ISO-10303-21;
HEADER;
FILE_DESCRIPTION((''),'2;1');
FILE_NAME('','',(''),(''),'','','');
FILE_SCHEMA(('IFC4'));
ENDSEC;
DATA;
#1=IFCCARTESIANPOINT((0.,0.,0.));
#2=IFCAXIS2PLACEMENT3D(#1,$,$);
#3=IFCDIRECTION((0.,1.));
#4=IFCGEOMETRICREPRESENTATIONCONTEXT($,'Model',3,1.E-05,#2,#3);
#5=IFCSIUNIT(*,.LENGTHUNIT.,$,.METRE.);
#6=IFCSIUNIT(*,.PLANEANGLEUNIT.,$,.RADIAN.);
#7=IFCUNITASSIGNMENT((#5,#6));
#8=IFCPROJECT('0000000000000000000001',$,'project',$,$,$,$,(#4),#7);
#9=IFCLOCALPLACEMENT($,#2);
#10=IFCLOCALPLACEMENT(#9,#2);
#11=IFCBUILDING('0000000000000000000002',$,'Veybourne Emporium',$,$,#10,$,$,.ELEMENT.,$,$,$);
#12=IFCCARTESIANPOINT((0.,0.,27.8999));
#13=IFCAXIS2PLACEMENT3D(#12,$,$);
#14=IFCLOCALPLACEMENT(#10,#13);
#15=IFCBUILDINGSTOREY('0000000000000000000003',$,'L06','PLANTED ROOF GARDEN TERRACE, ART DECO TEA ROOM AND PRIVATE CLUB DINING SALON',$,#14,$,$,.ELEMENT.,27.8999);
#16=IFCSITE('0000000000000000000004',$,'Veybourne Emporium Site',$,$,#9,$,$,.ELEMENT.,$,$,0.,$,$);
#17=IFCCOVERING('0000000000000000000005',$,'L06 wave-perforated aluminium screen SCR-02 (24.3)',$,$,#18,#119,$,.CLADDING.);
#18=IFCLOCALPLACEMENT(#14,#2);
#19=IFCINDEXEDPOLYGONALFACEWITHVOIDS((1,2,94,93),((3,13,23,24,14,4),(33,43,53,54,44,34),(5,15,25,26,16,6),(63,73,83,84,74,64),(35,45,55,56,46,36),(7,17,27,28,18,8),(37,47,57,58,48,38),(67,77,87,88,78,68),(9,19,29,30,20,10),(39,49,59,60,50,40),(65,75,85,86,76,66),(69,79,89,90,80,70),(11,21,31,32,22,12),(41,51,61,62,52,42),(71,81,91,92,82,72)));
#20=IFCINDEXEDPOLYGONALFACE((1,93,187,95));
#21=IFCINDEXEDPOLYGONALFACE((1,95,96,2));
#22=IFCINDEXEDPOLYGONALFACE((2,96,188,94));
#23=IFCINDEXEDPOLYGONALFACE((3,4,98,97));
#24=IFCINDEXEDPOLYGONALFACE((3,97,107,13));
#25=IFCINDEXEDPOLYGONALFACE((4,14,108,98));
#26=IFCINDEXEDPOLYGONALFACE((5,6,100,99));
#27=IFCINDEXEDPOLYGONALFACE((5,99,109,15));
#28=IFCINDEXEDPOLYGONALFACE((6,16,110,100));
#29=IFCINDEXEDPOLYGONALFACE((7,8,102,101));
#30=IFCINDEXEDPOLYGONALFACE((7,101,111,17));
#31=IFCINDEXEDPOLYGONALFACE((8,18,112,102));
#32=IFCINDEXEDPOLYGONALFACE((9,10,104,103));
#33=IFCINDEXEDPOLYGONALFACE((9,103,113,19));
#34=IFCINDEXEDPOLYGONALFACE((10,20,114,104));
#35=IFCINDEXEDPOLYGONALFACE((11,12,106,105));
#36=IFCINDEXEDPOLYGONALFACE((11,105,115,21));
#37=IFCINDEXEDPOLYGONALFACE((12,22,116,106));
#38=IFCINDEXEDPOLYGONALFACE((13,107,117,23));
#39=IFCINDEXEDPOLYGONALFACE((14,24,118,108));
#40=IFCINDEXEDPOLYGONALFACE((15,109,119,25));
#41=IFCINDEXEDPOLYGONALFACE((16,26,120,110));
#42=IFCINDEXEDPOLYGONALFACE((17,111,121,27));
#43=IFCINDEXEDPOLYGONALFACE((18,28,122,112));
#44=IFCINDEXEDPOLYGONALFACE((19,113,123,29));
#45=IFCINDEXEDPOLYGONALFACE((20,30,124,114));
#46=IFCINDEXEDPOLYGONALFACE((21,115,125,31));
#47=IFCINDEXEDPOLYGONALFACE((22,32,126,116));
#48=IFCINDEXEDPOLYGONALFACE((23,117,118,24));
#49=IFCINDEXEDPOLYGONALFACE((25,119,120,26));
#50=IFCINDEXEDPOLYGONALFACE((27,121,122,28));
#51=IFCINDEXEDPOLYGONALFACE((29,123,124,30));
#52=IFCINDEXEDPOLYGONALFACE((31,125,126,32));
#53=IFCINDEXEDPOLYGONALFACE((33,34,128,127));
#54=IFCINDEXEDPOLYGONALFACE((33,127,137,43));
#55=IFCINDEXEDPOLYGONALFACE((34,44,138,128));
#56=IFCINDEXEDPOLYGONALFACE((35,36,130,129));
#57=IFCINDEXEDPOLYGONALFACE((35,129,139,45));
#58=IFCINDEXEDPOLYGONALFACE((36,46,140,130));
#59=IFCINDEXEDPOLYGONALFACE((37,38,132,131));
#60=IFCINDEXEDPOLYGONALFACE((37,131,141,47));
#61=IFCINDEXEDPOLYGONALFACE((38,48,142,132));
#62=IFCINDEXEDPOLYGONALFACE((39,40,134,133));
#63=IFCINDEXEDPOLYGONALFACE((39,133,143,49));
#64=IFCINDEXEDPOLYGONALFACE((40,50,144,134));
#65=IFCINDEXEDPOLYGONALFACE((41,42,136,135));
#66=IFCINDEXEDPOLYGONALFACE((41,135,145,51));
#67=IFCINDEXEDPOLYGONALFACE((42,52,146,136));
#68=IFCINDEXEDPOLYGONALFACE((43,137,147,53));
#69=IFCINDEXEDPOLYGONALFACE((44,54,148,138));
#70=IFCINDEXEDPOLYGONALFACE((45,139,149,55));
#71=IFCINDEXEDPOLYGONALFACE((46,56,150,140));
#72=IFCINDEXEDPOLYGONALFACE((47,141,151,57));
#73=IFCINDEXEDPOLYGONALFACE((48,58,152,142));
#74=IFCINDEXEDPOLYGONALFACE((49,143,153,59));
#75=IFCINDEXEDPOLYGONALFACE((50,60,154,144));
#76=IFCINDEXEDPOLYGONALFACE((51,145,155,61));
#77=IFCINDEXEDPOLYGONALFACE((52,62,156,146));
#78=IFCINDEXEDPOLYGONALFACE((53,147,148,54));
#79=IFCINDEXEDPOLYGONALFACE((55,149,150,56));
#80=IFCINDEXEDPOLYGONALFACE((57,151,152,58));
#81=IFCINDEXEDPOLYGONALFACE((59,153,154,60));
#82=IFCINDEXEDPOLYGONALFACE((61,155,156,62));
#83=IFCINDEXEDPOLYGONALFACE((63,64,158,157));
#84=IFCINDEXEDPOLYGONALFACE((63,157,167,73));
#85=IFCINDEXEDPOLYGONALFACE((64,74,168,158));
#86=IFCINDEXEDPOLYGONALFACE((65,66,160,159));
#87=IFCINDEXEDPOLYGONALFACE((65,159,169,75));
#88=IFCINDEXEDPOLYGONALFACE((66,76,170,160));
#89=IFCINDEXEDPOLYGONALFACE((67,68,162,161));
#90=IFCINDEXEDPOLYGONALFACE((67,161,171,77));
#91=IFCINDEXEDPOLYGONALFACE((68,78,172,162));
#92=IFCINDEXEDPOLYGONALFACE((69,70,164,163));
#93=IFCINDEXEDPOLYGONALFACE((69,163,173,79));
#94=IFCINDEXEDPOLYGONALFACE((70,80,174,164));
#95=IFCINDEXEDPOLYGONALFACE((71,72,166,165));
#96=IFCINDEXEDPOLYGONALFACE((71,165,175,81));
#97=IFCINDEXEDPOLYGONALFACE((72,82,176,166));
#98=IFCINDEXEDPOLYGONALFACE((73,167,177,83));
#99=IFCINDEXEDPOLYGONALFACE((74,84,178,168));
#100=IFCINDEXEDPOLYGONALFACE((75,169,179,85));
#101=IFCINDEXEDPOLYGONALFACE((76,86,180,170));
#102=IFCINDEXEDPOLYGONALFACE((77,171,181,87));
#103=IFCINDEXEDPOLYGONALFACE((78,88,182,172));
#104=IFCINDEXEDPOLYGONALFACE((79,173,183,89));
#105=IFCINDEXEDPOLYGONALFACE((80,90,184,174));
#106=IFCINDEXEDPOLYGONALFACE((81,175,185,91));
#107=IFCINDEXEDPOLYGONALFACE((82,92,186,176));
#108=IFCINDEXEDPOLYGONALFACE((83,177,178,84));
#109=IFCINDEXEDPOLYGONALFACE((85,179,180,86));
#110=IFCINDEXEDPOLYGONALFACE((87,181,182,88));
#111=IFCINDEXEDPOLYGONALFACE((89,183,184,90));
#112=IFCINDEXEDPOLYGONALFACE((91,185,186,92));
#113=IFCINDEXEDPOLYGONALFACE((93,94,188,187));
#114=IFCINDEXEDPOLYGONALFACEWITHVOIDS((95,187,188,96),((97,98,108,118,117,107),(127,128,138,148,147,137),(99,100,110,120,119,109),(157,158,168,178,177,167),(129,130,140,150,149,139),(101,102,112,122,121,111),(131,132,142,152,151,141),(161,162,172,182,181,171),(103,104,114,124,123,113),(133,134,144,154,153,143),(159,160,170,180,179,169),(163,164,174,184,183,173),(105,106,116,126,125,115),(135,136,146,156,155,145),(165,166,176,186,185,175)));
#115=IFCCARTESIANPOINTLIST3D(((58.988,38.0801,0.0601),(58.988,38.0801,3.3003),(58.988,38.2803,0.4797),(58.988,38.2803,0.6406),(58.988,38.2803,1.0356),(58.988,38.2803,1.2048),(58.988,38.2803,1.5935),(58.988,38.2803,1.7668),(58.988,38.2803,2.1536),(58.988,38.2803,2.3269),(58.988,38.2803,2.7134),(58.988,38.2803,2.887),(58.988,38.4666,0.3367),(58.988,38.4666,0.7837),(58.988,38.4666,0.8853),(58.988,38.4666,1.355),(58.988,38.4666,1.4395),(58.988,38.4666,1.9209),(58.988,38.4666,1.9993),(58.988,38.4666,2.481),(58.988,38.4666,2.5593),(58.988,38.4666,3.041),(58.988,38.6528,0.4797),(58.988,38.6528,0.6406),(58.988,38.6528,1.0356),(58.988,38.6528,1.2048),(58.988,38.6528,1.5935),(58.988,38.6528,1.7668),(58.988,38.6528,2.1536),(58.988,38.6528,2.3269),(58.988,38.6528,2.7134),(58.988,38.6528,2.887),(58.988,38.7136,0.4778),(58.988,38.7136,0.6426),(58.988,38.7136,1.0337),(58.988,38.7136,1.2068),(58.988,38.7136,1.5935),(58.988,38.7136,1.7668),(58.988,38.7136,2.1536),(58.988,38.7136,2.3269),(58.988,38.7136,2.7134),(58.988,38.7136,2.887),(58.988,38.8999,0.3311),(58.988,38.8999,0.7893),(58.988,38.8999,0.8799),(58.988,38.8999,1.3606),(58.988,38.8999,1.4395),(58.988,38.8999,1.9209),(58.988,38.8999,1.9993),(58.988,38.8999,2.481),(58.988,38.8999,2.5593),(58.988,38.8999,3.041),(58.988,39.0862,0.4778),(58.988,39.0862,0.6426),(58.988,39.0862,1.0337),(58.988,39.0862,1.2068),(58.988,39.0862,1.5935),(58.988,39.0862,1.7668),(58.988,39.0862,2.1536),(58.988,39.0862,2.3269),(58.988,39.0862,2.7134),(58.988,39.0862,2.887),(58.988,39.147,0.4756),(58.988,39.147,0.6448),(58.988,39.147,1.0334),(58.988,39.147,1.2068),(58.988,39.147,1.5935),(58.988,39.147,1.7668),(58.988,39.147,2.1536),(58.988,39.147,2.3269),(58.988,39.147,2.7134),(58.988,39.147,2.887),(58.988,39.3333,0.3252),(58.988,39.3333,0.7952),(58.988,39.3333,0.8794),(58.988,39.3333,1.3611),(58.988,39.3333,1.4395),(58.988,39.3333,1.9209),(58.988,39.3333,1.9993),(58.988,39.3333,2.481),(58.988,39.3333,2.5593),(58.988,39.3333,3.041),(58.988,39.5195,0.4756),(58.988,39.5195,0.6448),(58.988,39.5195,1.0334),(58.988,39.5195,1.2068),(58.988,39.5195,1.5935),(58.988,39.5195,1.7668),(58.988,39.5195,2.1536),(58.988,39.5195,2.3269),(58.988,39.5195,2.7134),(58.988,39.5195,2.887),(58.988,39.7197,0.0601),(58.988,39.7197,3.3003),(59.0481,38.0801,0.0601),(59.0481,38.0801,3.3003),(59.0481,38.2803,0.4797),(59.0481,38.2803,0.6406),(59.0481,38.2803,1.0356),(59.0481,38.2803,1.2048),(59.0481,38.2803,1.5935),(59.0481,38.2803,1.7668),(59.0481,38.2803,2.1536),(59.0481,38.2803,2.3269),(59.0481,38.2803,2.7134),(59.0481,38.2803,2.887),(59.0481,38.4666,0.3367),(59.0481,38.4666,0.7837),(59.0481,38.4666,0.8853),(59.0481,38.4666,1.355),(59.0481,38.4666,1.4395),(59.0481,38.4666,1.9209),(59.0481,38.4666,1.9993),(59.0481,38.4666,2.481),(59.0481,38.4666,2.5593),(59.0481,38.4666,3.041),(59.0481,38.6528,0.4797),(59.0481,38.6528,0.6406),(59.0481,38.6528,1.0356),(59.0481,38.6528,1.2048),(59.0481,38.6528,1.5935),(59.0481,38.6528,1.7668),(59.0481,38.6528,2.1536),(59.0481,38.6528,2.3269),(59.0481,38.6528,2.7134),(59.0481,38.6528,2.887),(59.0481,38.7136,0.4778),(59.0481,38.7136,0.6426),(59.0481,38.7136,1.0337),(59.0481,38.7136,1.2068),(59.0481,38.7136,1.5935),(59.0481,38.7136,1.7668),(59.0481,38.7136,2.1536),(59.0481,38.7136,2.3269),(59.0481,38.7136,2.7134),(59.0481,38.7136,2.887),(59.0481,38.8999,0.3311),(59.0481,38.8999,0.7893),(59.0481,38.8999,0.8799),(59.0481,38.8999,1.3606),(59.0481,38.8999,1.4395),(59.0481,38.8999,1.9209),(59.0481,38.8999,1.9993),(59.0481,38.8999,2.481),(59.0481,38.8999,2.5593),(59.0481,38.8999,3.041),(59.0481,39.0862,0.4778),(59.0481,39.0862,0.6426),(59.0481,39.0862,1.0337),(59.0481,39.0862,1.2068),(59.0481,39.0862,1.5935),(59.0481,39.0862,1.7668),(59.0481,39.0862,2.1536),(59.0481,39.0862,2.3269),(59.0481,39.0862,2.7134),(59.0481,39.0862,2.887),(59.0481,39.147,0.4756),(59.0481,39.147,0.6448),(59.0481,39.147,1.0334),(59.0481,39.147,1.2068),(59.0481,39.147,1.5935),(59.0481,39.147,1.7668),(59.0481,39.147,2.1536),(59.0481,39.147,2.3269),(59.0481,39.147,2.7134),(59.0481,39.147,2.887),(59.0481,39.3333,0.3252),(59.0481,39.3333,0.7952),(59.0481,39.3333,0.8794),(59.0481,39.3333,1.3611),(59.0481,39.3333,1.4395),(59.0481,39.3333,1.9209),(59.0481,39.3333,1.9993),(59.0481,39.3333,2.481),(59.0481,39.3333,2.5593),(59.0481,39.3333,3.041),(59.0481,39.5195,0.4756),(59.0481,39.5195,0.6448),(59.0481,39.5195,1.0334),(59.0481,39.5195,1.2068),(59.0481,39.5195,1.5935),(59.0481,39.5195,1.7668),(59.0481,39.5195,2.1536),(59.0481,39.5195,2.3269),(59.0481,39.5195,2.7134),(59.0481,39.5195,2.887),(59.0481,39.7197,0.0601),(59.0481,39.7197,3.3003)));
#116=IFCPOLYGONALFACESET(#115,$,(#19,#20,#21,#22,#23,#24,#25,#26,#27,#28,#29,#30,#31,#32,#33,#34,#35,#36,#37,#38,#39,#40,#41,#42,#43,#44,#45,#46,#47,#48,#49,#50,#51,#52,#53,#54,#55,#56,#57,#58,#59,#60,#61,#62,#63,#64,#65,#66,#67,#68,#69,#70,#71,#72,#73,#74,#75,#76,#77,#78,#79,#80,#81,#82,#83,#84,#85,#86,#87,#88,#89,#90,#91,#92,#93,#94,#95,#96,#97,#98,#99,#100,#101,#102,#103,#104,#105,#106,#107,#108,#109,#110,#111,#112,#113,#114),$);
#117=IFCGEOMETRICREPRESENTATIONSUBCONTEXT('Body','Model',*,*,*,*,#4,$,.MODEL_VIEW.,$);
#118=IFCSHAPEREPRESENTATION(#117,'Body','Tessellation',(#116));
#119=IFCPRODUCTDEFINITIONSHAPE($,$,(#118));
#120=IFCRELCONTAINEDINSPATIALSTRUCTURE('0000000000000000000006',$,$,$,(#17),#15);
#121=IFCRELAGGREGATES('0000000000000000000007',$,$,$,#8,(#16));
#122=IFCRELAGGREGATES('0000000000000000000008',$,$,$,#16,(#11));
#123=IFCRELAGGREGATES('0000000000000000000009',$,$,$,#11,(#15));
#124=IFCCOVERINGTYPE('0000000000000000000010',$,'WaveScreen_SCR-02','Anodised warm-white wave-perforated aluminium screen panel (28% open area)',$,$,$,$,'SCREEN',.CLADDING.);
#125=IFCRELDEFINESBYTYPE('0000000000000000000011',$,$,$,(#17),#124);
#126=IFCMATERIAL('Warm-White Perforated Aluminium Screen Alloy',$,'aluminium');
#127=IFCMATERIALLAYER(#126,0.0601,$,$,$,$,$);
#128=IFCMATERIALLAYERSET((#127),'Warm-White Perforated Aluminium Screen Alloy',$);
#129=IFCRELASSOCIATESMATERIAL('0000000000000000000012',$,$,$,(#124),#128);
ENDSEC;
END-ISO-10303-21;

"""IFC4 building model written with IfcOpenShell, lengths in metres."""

from ifc_helpers import new_model, si_unit, direction, frame, origin, place, context, subcontext, project, spatial, polyline, outline, extrude, material, layer, layer_set, type_object, element, save


model = new_model("IFC4")

# Units and contexts
model_context = context("Model", 3, precision=1e-05, world=origin(), true_north=direction((0.0, 1.0)))
body_context = subcontext(model_context, "Body", "Model", "MODEL_VIEW")
ifc_project = project(units=[si_unit("LENGTHUNIT", "METRE"), si_unit("PLANEANGLEUNIT", "RADIAN")], contexts=[model_context])

# Site, building, storey
site_placement = place(None, origin())
site = spatial("IfcSite", under=ifc_project, at=site_placement, Name="Veybourne Emporium Site", CompositionType="ELEMENT", RefElevation=0.0)
building_placement = place(site_placement, origin())
building = spatial("IfcBuilding", under=site, at=building_placement, Name="Veybourne Emporium", CompositionType="ELEMENT")
storey_placement = place(building_placement, frame((0.0, 0.0, 27.8999)))
storey = spatial("IfcBuildingStorey", under=building, at=storey_placement, Name="L06", Description="PLANTED ROOF GARDEN TERRACE, ART DECO TEA ROOM AND PRIVATE CLUB DINING SALON", CompositionType="ELEMENT", Elevation=27.8999)

# Covering
ifc_material_1 = material(Name="Warm-White Perforated Aluminium Screen Alloy", Category="aluminium")
ifc_layer_1 = layer(ifc_material_1, 0.0601)
ifc_layer_set_1 = layer_set([ifc_layer_1], Name="Warm-White Perforated Aluminium Screen Alloy")
covering_type_1 = type_object("IfcCoveringType", Name="WaveScreen_SCR-02", Description="Anodised warm-white wave-perforated aluminium screen panel (28% open area)", ElementType="SCREEN", PredefinedType="CLADDING", material=ifc_layer_set_1)
covering_1_placement = place(storey_placement, frame((59.0481, 38.8999, 1.6802), z_axis=(-1.0, 0.0, 0.0), x_axis=(0.0, -1.0, 0.0)))
element("IfcCovering", 1, at=covering_1_placement, inside=storey, type_object=covering_type_1, Name="L06 wave-perforated aluminium screen SCR-02 (24.3)", PredefinedType="CLADDING", context=body_context, shape_type="SweptSolid", body=[
    extrude(outline(polyline([(-0.8198, -1.6201), (0.8198, -1.6201), (0.8198, 1.6201), (-0.8198, 1.6201), (-0.8198, -1.6201)]), holes=[polyline([(-0.4333, -0.885), (-0.2471, -1.0354), (-0.2471, -1.2046), (-0.4333, -1.355), (-0.6196, -1.2046), (-0.6196, -1.0354), (-0.4333, -0.885)]), polyline([(-0.4333, -0.3191), (-0.2471, -0.4734), (-0.2471, -0.6467), (-0.4333, -0.8008), (-0.6196, -0.6467), (-0.6196, -0.4734), (-0.4333, -0.3191)]), polyline([(-0.4333, 0.2407), (-0.2471, 0.0867), (-0.2471, -0.0867), (-0.4333, -0.2407), (-0.6196, -0.0867), (-0.6196, 0.0867), (-0.4333, 0.2407)]), polyline([(-0.4333, 0.8008), (-0.2471, 0.6467), (-0.2471, 0.4734), (-0.4333, 0.3191), (-0.6196, 0.4734), (-0.6196, 0.6467), (-0.4333, 0.8008)]), polyline([(-0.4333, 1.3608), (-0.2471, 1.2068), (-0.2471, 1.0332), (-0.4333, 0.8792), (-0.6196, 1.0332), (-0.6196, 1.2068), (-0.4333, 1.3608)]), polyline([(0.0, -0.8909), (0.1863, -1.0376), (0.1863, -1.2024), (0.0, -1.3491), (-0.1863, -1.2024), (-0.1863, -1.0376), (0.0, -0.8909)]), polyline([(0.0, -0.3196), (0.1863, -0.4734), (0.1863, -0.6465), (0.0, -0.8003), (-0.1863, -0.6465), (-0.1863, -0.4734), (0.0, -0.3196)]), polyline([(0.0, 0.2407), (0.1863, 0.0867), (0.1863, -0.0867), (0.0, -0.2407), (-0.1863, -0.0867), (-0.1863, 0.0867), (0.0, 0.2407)]), polyline([(0.0, 0.8008), (0.1863, 0.6467), (0.1863, 0.4734), (0.0, 0.3191), (-0.1863, 0.4734), (-0.1863, 0.6467), (0.0, 0.8008)]), polyline([(0.0, 1.3608), (0.1863, 1.2068), (0.1863, 1.0332), (0.0, 0.8792), (-0.1863, 1.0332), (-0.1863, 1.2068), (0.0, 1.3608)]), polyline([(0.4333, -0.8965), (0.6196, -1.0396), (0.6196, -1.2004), (0.4333, -1.3435), (0.2471, -1.2004), (0.2471, -1.0396), (0.4333, -0.8965)]), polyline([(0.4333, -0.3252), (0.6196, -0.4753), (0.6196, -0.6445), (0.4333, -0.7949), (0.2471, -0.6445), (0.2471, -0.4753), (0.4333, -0.3252)]), polyline([(0.4333, 0.2407), (0.6196, 0.0867), (0.6196, -0.0867), (0.4333, -0.2407), (0.2471, -0.0867), (0.2471, 0.0867), (0.4333, 0.2407)]), polyline([(0.4333, 0.8008), (0.6196, 0.6467), (0.6196, 0.4734), (0.4333, 0.3191), (0.2471, 0.4734), (0.2471, 0.6467), (0.4333, 0.8008)]), polyline([(0.4333, 1.3608), (0.6196, 1.2068), (0.6196, 1.0332), (0.4333, 0.8792), (0.2471, 1.0332), (0.2471, 1.2068), (0.4333, 1.3608)])]), origin(), (0.0, 0.0, 1.0), 0.0601),
])

save(model, "model.ifc")
